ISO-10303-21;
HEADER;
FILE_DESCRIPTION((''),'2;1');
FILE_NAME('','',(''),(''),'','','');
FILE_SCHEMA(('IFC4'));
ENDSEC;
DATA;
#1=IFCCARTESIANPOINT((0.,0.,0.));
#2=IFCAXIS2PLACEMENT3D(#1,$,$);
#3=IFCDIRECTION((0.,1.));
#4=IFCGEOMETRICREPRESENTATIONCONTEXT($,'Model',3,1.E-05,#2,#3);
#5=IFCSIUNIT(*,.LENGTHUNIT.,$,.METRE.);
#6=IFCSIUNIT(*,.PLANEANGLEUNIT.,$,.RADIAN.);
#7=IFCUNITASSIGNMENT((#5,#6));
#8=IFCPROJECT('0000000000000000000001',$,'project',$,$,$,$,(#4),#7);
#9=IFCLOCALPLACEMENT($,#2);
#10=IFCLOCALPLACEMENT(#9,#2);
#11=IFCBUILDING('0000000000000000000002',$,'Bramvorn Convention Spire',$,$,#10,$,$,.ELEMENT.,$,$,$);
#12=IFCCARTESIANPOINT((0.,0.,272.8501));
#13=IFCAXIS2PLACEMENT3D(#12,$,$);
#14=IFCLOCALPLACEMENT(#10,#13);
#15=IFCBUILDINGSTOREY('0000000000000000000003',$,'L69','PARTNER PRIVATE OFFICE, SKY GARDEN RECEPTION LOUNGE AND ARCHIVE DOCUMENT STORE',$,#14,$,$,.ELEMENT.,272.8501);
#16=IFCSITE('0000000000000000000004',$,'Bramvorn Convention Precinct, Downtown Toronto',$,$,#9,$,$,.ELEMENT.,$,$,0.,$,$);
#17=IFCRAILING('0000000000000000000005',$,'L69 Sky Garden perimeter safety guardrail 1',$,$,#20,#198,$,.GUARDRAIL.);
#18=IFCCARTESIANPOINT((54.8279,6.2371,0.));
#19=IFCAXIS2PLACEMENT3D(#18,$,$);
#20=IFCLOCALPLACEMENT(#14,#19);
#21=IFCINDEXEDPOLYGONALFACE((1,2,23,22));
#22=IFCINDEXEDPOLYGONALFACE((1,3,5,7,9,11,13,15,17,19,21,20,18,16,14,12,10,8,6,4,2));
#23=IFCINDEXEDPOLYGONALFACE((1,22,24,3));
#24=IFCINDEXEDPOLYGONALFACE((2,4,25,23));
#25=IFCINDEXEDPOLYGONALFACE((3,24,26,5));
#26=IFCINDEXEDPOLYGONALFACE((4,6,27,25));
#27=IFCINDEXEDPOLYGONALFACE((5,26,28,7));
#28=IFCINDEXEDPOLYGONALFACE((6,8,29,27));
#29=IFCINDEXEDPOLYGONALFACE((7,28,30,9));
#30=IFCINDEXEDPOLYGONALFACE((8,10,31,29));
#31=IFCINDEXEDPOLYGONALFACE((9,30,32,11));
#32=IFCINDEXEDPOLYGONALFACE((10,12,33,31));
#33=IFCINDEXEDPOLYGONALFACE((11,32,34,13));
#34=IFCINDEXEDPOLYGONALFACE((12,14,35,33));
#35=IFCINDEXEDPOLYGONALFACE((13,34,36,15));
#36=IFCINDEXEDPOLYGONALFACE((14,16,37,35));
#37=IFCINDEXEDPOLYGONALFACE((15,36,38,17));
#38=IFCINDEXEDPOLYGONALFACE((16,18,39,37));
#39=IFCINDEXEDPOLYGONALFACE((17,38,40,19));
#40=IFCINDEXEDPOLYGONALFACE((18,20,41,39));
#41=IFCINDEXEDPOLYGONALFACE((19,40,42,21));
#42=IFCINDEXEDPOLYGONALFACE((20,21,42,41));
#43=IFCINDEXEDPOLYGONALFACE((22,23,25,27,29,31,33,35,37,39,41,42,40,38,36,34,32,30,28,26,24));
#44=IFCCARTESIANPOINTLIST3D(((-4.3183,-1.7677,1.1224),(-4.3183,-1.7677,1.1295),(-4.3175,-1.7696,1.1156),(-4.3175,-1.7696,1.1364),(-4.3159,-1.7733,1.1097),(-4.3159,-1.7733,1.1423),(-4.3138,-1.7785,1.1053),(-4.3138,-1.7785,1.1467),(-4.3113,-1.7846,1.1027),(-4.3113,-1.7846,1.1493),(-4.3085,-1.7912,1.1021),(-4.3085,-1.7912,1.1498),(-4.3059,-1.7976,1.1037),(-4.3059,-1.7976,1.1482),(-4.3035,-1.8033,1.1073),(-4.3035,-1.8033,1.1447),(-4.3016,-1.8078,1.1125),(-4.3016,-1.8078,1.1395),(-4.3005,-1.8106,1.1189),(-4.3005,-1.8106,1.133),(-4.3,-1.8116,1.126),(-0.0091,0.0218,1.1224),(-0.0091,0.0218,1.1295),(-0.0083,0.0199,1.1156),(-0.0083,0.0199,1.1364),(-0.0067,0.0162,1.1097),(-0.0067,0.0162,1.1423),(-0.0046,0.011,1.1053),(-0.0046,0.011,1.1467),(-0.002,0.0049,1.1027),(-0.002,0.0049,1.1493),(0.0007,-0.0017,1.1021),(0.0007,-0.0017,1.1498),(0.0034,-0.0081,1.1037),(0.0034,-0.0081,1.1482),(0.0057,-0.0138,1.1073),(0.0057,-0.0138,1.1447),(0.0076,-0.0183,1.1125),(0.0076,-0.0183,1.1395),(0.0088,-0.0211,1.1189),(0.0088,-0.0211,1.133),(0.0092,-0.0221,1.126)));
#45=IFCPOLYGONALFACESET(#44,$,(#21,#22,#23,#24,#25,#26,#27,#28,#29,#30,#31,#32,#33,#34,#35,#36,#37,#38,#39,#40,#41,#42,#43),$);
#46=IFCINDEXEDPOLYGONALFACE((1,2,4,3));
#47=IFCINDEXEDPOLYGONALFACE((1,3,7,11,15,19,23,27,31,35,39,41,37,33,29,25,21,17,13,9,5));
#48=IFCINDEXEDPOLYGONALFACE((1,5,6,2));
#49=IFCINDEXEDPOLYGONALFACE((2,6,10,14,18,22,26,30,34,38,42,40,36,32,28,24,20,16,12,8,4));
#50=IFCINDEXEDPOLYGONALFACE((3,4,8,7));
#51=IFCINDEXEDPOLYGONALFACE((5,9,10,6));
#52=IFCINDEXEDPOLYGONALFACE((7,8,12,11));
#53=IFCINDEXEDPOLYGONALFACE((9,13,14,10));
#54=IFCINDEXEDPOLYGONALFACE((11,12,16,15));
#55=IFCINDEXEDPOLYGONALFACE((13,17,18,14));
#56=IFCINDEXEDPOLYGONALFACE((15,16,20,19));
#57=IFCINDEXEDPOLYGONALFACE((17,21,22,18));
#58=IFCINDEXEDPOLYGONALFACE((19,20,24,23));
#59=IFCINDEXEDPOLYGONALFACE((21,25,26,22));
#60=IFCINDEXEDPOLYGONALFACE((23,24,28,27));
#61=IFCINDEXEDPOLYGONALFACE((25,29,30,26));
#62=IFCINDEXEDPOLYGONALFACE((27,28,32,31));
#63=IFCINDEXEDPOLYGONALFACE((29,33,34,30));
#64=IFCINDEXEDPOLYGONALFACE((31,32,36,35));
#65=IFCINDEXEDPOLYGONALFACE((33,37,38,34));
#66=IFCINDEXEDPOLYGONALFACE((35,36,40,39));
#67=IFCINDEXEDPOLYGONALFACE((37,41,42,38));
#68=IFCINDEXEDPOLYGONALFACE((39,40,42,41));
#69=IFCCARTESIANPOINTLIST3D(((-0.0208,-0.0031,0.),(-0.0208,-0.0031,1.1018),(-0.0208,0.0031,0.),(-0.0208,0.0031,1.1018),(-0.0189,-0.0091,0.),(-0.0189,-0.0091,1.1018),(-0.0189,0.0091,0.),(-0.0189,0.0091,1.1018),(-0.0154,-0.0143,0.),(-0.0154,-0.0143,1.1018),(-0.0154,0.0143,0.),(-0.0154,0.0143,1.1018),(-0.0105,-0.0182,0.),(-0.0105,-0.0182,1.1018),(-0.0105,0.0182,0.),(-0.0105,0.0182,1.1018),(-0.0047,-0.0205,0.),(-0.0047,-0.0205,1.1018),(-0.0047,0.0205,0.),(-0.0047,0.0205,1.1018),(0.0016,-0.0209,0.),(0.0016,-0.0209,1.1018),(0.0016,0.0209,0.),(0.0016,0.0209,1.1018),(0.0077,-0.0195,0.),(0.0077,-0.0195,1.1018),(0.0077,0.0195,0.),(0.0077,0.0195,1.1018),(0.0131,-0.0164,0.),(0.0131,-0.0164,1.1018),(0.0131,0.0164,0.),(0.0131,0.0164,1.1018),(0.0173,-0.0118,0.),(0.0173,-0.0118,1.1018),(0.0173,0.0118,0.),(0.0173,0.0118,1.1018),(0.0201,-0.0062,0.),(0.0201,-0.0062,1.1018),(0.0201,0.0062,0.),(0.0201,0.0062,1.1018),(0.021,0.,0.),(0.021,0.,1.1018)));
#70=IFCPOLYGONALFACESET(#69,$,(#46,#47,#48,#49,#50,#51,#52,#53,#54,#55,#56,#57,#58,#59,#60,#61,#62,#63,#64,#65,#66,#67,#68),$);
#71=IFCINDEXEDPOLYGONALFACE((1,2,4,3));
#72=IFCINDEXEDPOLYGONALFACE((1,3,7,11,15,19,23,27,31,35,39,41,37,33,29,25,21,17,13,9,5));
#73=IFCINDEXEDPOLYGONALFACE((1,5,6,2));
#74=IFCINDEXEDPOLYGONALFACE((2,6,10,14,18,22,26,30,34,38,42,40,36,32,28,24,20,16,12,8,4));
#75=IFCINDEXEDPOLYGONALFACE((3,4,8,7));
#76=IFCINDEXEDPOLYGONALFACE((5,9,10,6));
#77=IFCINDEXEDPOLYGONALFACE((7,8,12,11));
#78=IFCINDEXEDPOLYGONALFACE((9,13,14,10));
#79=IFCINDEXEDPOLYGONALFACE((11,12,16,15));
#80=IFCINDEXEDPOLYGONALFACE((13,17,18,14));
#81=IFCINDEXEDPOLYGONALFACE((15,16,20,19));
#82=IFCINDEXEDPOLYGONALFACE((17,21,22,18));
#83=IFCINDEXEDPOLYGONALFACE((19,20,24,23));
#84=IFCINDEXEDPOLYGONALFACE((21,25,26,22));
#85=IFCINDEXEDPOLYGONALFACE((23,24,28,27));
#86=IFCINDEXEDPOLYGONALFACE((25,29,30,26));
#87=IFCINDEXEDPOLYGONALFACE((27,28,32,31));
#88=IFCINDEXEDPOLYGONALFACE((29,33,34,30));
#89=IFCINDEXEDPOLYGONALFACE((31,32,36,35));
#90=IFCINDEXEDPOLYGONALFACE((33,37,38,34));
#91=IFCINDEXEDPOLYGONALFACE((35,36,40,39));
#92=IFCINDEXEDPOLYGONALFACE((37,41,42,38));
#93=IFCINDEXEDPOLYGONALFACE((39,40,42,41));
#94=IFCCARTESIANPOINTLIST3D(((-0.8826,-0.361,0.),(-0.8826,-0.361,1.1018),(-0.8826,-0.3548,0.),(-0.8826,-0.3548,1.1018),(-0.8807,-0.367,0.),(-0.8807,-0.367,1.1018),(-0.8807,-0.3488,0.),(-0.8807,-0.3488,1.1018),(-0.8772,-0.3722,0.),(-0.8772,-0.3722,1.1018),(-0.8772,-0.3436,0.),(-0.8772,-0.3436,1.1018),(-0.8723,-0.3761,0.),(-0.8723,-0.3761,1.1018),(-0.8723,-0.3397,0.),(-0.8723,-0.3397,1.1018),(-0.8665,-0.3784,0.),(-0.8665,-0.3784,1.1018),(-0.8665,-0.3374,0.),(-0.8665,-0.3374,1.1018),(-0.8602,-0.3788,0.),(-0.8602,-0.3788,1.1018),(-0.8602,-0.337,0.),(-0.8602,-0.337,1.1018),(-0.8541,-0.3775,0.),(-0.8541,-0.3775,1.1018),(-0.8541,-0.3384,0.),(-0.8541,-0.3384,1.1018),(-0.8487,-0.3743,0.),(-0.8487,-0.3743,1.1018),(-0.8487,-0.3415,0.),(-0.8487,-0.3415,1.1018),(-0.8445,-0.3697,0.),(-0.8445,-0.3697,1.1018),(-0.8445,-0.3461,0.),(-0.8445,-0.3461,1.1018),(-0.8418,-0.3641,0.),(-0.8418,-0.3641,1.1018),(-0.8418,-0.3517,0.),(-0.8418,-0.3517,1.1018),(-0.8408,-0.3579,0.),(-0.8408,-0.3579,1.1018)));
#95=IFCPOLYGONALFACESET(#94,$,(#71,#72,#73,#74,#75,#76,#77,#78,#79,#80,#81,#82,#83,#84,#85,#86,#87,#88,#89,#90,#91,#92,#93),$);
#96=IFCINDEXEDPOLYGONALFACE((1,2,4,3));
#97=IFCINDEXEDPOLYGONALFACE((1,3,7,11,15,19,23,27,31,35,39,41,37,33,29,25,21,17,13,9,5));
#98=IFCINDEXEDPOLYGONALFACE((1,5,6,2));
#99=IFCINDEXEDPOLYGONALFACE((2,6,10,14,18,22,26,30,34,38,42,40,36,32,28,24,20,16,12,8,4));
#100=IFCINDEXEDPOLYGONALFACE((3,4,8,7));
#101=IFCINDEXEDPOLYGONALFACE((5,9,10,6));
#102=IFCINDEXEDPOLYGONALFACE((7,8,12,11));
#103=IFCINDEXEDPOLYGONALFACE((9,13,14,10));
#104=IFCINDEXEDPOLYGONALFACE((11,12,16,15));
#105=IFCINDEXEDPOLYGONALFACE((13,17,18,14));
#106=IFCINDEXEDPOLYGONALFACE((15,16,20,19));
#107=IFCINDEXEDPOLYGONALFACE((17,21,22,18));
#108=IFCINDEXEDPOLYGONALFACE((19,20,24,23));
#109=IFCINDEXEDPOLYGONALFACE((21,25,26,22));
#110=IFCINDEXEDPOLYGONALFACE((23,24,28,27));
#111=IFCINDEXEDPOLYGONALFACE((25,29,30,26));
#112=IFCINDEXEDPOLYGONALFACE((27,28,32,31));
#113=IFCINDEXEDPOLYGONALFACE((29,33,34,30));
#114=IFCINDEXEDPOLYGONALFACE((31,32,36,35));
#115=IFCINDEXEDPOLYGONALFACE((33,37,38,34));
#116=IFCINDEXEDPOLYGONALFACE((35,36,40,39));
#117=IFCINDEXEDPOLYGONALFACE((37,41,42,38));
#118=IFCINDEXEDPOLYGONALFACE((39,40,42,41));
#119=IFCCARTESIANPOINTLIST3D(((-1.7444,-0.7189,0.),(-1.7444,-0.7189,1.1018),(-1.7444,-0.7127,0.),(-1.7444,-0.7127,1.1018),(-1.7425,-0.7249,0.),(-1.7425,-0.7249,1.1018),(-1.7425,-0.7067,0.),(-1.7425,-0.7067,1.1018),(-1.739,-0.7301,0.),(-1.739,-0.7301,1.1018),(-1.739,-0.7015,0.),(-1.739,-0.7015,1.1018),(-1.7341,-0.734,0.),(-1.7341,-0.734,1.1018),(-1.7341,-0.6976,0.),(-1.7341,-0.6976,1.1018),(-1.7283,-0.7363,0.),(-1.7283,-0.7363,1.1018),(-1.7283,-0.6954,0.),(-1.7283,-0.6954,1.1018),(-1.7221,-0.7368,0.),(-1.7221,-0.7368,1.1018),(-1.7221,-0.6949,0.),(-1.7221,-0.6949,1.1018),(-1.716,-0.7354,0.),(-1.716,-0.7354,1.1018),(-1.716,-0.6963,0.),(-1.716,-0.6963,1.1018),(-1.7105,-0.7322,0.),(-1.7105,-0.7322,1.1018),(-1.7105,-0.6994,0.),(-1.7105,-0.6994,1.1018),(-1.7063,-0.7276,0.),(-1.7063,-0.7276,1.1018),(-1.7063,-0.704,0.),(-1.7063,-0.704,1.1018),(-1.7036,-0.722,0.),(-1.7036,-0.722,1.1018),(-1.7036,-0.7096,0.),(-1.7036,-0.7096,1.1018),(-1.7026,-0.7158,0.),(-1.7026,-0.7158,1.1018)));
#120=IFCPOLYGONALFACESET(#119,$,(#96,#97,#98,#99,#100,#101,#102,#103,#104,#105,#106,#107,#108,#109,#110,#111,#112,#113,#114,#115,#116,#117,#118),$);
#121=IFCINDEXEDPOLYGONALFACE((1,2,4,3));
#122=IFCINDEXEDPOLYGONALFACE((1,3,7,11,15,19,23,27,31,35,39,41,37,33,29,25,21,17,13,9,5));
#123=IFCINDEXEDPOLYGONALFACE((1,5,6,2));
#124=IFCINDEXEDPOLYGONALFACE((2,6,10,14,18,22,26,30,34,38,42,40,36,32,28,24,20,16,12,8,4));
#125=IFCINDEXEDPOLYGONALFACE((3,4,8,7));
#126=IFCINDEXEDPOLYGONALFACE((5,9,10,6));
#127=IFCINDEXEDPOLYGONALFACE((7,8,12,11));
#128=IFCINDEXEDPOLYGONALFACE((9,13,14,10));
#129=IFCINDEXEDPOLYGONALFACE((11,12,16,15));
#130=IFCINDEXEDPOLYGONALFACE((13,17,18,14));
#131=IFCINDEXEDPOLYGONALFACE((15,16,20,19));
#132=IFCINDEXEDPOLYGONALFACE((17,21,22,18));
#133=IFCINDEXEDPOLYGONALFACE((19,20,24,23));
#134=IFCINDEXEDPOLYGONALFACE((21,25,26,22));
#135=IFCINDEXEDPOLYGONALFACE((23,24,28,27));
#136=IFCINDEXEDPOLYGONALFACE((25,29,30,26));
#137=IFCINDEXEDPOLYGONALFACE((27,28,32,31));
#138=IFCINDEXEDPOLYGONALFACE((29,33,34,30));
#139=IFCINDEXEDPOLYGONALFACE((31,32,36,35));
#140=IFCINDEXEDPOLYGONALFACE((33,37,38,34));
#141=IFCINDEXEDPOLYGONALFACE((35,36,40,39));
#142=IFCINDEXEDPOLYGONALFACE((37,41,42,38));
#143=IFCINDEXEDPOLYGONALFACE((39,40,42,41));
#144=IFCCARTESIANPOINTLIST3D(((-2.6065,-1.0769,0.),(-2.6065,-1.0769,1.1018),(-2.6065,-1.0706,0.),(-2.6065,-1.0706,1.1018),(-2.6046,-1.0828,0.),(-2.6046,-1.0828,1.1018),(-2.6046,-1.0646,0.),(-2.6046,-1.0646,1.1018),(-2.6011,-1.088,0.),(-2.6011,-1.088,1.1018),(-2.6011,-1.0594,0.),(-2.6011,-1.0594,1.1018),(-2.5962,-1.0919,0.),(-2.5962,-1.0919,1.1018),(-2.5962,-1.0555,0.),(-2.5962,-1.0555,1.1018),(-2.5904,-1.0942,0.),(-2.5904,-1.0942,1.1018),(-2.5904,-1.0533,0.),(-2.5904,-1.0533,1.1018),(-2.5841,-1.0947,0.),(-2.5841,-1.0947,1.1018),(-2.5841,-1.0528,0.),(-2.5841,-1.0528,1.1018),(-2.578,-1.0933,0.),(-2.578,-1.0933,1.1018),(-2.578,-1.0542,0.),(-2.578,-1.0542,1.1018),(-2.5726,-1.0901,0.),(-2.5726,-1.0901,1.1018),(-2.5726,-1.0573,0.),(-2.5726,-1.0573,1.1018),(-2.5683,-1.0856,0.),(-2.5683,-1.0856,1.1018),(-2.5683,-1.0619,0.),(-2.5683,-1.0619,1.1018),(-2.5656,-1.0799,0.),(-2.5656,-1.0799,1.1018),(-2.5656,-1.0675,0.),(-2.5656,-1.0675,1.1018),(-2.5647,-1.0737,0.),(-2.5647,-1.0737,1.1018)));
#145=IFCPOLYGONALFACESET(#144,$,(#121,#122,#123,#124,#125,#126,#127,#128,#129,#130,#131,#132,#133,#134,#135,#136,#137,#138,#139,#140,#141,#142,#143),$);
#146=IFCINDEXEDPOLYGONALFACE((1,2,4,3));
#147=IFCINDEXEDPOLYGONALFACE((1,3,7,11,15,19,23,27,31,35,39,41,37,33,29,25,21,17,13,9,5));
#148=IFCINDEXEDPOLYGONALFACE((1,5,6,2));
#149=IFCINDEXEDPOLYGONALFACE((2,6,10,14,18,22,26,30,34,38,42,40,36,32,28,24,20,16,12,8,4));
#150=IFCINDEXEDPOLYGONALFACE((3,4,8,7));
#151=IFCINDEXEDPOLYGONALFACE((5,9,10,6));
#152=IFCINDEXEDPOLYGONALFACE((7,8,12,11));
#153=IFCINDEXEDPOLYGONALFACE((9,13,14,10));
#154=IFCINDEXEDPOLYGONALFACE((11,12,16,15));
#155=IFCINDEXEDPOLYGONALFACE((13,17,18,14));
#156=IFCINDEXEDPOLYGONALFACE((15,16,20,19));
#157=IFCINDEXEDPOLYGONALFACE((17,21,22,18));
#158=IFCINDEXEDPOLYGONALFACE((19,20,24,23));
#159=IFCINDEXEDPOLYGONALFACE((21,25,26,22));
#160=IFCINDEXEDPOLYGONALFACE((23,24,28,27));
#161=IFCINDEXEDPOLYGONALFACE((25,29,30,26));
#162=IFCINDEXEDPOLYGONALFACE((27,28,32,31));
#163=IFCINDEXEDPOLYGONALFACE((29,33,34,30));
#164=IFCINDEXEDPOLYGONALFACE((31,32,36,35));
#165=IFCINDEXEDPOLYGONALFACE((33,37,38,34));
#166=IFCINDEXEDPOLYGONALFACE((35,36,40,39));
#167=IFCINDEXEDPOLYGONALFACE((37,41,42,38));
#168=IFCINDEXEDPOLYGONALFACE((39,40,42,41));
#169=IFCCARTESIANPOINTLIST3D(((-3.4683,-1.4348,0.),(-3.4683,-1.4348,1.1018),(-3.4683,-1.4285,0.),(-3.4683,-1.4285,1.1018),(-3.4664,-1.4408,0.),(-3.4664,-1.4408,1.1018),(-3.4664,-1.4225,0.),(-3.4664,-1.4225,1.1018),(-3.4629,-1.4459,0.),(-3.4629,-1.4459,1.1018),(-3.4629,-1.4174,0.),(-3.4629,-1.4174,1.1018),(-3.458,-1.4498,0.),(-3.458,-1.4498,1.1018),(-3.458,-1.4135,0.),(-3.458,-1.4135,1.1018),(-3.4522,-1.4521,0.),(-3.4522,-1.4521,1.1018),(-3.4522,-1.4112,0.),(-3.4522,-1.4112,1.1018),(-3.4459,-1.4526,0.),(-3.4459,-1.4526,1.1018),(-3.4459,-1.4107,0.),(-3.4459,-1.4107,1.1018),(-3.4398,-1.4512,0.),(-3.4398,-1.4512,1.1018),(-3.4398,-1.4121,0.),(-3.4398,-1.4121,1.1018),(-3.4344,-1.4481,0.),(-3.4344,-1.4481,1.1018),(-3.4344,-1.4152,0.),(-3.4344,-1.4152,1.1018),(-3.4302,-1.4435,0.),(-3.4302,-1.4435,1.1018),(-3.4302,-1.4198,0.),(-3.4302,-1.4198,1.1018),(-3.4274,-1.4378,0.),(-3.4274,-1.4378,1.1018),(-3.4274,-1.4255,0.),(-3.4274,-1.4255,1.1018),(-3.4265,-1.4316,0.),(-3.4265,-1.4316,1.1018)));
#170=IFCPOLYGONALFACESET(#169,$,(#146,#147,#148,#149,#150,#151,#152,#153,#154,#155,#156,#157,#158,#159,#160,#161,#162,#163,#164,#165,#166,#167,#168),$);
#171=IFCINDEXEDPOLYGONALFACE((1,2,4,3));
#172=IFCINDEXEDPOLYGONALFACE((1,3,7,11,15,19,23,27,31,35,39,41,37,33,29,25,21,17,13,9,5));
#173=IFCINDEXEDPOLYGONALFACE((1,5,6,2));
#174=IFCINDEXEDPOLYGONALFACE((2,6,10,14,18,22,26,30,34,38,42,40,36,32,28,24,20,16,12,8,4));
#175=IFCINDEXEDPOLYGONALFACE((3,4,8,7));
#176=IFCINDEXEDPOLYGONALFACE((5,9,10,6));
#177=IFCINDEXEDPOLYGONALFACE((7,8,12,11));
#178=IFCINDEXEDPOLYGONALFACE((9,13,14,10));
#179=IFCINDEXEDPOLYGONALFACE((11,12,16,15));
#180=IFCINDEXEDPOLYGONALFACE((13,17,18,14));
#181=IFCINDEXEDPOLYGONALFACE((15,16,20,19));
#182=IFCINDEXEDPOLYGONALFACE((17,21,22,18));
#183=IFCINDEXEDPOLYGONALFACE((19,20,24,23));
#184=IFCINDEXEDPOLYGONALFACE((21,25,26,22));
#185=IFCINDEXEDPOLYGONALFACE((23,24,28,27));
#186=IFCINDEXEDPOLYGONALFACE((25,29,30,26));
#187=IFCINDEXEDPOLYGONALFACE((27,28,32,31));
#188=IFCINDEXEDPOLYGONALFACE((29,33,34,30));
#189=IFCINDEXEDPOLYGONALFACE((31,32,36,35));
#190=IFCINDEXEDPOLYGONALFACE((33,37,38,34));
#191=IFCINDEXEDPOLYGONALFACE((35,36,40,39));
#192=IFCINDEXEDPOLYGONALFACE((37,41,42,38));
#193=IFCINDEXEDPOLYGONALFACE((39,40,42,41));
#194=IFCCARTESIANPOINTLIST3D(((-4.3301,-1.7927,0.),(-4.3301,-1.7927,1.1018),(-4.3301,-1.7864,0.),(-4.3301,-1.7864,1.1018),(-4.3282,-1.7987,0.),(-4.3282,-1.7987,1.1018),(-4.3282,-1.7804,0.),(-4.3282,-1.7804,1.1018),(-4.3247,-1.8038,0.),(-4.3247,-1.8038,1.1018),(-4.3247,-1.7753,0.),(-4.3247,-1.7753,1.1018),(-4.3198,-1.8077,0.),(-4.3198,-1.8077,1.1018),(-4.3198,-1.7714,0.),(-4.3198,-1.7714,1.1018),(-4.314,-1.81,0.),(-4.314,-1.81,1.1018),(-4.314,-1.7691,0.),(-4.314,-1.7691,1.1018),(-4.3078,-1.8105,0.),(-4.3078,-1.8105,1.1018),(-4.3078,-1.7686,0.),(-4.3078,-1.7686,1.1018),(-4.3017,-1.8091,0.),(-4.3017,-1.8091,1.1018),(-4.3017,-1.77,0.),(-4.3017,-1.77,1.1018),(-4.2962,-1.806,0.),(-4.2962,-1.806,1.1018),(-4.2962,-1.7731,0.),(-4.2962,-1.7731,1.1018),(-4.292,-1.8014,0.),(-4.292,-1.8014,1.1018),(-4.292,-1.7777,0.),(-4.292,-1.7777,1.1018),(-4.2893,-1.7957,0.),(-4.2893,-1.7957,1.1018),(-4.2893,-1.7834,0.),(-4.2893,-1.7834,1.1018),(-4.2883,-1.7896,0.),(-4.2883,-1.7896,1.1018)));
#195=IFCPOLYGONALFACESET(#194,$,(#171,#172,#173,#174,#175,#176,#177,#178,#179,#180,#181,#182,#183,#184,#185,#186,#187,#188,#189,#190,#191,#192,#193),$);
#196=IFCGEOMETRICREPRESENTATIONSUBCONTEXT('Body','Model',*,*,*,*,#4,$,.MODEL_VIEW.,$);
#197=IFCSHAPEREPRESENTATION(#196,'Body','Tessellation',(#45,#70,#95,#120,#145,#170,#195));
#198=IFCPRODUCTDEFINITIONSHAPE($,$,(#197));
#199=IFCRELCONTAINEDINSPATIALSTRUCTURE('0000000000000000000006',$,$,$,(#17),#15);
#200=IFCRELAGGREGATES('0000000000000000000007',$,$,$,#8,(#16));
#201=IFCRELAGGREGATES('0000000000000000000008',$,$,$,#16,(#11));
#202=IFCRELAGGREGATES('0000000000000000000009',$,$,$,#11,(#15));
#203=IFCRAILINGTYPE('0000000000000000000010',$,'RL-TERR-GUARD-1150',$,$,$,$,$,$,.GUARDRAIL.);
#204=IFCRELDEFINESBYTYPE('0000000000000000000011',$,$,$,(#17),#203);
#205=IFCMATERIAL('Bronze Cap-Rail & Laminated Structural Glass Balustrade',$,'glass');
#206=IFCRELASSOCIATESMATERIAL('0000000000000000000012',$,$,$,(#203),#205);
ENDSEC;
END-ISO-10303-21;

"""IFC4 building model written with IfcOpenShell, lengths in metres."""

from ifc_helpers import new_model, si_unit, direction, frame, origin, origin_2d, place, context, subcontext, project, spatial, circle, extrude, material, type_object, element, save


model = new_model("IFC4")

# Units and contexts
model_context = context("Model", 3, precision=1e-05, world=origin(), true_north=direction((0.0, 1.0)))
body_context = subcontext(model_context, "Body", "Model", "MODEL_VIEW")
ifc_project = project(units=[si_unit("LENGTHUNIT", "METRE"), si_unit("PLANEANGLEUNIT", "RADIAN")], contexts=[model_context])

# Site, building, storey
site_placement = place(None, origin())
site = spatial("IfcSite", under=ifc_project, at=site_placement, Name="Bramvorn Convention Precinct, Downtown Toronto", CompositionType="ELEMENT", RefElevation=0.0)
building_placement = place(site_placement, origin())
building = spatial("IfcBuilding", under=site, at=building_placement, Name="Bramvorn Convention Spire", CompositionType="ELEMENT")
storey_placement = place(building_placement, frame((0.0, 0.0, 272.8501)))
storey = spatial("IfcBuildingStorey", under=building, at=storey_placement, Name="L69", Description="PARTNER PRIVATE OFFICE, SKY GARDEN RECEPTION LOUNGE AND ARCHIVE DOCUMENT STORE", CompositionType="ELEMENT", Elevation=272.8501)

# Railing
ifc_material_1 = material(Name="Bronze Cap-Rail & Laminated Structural Glass Balustrade", Category="glass")
railing_type = type_object("IfcRailingType", Name="RL-TERR-GUARD-1150", PredefinedType="GUARDRAIL", material=ifc_material_1)
railing_1_placement = place(storey_placement, frame((54.8279, 6.2371, 0.0)))
element("IfcRailing", 1, at=railing_1_placement, inside=storey, type_object=railing_type, Name="L69 Sky Garden perimeter safety guardrail 1", PredefinedType="GUARDRAIL", context=body_context, shape_type="SweptSolid", body=[
    extrude(circle(Radius=0.0239, at=origin_2d()), frame((0.0, 0.0, 1.126), z_axis=(-0.923533, -0.383519, 0.0), x_axis=(0.383519, -0.923533, 0.0)), (0.0, 0.0, 1.0), 4.666),
    extrude(circle(Radius=0.021, at=origin_2d()), origin(), (0.0, 0.0, 1.0), 1.1018),
    extrude(circle(Radius=0.021, at=origin_2d()), frame((-0.8618, -0.3579, 0.0)), (0.0, 0.0, 1.0), 1.1018),
    extrude(circle(Radius=0.021, at=origin_2d()), frame((-1.7236, -0.7158, 0.0)), (0.0, 0.0, 1.0), 1.1018),
    extrude(circle(Radius=0.021, at=origin_2d()), frame((-2.5857, -1.0737, 0.0)), (0.0, 0.0, 1.0), 1.1018),
    extrude(circle(Radius=0.021, at=origin_2d()), frame((-3.4475, -1.4316, 0.0)), (0.0, 0.0, 1.0), 1.1018),
    extrude(circle(Radius=0.021, at=origin_2d()), frame((-4.3093, -1.7896, 0.0)), (0.0, 0.0, 1.0), 1.1018),
])

save(model, "model.ifc")
